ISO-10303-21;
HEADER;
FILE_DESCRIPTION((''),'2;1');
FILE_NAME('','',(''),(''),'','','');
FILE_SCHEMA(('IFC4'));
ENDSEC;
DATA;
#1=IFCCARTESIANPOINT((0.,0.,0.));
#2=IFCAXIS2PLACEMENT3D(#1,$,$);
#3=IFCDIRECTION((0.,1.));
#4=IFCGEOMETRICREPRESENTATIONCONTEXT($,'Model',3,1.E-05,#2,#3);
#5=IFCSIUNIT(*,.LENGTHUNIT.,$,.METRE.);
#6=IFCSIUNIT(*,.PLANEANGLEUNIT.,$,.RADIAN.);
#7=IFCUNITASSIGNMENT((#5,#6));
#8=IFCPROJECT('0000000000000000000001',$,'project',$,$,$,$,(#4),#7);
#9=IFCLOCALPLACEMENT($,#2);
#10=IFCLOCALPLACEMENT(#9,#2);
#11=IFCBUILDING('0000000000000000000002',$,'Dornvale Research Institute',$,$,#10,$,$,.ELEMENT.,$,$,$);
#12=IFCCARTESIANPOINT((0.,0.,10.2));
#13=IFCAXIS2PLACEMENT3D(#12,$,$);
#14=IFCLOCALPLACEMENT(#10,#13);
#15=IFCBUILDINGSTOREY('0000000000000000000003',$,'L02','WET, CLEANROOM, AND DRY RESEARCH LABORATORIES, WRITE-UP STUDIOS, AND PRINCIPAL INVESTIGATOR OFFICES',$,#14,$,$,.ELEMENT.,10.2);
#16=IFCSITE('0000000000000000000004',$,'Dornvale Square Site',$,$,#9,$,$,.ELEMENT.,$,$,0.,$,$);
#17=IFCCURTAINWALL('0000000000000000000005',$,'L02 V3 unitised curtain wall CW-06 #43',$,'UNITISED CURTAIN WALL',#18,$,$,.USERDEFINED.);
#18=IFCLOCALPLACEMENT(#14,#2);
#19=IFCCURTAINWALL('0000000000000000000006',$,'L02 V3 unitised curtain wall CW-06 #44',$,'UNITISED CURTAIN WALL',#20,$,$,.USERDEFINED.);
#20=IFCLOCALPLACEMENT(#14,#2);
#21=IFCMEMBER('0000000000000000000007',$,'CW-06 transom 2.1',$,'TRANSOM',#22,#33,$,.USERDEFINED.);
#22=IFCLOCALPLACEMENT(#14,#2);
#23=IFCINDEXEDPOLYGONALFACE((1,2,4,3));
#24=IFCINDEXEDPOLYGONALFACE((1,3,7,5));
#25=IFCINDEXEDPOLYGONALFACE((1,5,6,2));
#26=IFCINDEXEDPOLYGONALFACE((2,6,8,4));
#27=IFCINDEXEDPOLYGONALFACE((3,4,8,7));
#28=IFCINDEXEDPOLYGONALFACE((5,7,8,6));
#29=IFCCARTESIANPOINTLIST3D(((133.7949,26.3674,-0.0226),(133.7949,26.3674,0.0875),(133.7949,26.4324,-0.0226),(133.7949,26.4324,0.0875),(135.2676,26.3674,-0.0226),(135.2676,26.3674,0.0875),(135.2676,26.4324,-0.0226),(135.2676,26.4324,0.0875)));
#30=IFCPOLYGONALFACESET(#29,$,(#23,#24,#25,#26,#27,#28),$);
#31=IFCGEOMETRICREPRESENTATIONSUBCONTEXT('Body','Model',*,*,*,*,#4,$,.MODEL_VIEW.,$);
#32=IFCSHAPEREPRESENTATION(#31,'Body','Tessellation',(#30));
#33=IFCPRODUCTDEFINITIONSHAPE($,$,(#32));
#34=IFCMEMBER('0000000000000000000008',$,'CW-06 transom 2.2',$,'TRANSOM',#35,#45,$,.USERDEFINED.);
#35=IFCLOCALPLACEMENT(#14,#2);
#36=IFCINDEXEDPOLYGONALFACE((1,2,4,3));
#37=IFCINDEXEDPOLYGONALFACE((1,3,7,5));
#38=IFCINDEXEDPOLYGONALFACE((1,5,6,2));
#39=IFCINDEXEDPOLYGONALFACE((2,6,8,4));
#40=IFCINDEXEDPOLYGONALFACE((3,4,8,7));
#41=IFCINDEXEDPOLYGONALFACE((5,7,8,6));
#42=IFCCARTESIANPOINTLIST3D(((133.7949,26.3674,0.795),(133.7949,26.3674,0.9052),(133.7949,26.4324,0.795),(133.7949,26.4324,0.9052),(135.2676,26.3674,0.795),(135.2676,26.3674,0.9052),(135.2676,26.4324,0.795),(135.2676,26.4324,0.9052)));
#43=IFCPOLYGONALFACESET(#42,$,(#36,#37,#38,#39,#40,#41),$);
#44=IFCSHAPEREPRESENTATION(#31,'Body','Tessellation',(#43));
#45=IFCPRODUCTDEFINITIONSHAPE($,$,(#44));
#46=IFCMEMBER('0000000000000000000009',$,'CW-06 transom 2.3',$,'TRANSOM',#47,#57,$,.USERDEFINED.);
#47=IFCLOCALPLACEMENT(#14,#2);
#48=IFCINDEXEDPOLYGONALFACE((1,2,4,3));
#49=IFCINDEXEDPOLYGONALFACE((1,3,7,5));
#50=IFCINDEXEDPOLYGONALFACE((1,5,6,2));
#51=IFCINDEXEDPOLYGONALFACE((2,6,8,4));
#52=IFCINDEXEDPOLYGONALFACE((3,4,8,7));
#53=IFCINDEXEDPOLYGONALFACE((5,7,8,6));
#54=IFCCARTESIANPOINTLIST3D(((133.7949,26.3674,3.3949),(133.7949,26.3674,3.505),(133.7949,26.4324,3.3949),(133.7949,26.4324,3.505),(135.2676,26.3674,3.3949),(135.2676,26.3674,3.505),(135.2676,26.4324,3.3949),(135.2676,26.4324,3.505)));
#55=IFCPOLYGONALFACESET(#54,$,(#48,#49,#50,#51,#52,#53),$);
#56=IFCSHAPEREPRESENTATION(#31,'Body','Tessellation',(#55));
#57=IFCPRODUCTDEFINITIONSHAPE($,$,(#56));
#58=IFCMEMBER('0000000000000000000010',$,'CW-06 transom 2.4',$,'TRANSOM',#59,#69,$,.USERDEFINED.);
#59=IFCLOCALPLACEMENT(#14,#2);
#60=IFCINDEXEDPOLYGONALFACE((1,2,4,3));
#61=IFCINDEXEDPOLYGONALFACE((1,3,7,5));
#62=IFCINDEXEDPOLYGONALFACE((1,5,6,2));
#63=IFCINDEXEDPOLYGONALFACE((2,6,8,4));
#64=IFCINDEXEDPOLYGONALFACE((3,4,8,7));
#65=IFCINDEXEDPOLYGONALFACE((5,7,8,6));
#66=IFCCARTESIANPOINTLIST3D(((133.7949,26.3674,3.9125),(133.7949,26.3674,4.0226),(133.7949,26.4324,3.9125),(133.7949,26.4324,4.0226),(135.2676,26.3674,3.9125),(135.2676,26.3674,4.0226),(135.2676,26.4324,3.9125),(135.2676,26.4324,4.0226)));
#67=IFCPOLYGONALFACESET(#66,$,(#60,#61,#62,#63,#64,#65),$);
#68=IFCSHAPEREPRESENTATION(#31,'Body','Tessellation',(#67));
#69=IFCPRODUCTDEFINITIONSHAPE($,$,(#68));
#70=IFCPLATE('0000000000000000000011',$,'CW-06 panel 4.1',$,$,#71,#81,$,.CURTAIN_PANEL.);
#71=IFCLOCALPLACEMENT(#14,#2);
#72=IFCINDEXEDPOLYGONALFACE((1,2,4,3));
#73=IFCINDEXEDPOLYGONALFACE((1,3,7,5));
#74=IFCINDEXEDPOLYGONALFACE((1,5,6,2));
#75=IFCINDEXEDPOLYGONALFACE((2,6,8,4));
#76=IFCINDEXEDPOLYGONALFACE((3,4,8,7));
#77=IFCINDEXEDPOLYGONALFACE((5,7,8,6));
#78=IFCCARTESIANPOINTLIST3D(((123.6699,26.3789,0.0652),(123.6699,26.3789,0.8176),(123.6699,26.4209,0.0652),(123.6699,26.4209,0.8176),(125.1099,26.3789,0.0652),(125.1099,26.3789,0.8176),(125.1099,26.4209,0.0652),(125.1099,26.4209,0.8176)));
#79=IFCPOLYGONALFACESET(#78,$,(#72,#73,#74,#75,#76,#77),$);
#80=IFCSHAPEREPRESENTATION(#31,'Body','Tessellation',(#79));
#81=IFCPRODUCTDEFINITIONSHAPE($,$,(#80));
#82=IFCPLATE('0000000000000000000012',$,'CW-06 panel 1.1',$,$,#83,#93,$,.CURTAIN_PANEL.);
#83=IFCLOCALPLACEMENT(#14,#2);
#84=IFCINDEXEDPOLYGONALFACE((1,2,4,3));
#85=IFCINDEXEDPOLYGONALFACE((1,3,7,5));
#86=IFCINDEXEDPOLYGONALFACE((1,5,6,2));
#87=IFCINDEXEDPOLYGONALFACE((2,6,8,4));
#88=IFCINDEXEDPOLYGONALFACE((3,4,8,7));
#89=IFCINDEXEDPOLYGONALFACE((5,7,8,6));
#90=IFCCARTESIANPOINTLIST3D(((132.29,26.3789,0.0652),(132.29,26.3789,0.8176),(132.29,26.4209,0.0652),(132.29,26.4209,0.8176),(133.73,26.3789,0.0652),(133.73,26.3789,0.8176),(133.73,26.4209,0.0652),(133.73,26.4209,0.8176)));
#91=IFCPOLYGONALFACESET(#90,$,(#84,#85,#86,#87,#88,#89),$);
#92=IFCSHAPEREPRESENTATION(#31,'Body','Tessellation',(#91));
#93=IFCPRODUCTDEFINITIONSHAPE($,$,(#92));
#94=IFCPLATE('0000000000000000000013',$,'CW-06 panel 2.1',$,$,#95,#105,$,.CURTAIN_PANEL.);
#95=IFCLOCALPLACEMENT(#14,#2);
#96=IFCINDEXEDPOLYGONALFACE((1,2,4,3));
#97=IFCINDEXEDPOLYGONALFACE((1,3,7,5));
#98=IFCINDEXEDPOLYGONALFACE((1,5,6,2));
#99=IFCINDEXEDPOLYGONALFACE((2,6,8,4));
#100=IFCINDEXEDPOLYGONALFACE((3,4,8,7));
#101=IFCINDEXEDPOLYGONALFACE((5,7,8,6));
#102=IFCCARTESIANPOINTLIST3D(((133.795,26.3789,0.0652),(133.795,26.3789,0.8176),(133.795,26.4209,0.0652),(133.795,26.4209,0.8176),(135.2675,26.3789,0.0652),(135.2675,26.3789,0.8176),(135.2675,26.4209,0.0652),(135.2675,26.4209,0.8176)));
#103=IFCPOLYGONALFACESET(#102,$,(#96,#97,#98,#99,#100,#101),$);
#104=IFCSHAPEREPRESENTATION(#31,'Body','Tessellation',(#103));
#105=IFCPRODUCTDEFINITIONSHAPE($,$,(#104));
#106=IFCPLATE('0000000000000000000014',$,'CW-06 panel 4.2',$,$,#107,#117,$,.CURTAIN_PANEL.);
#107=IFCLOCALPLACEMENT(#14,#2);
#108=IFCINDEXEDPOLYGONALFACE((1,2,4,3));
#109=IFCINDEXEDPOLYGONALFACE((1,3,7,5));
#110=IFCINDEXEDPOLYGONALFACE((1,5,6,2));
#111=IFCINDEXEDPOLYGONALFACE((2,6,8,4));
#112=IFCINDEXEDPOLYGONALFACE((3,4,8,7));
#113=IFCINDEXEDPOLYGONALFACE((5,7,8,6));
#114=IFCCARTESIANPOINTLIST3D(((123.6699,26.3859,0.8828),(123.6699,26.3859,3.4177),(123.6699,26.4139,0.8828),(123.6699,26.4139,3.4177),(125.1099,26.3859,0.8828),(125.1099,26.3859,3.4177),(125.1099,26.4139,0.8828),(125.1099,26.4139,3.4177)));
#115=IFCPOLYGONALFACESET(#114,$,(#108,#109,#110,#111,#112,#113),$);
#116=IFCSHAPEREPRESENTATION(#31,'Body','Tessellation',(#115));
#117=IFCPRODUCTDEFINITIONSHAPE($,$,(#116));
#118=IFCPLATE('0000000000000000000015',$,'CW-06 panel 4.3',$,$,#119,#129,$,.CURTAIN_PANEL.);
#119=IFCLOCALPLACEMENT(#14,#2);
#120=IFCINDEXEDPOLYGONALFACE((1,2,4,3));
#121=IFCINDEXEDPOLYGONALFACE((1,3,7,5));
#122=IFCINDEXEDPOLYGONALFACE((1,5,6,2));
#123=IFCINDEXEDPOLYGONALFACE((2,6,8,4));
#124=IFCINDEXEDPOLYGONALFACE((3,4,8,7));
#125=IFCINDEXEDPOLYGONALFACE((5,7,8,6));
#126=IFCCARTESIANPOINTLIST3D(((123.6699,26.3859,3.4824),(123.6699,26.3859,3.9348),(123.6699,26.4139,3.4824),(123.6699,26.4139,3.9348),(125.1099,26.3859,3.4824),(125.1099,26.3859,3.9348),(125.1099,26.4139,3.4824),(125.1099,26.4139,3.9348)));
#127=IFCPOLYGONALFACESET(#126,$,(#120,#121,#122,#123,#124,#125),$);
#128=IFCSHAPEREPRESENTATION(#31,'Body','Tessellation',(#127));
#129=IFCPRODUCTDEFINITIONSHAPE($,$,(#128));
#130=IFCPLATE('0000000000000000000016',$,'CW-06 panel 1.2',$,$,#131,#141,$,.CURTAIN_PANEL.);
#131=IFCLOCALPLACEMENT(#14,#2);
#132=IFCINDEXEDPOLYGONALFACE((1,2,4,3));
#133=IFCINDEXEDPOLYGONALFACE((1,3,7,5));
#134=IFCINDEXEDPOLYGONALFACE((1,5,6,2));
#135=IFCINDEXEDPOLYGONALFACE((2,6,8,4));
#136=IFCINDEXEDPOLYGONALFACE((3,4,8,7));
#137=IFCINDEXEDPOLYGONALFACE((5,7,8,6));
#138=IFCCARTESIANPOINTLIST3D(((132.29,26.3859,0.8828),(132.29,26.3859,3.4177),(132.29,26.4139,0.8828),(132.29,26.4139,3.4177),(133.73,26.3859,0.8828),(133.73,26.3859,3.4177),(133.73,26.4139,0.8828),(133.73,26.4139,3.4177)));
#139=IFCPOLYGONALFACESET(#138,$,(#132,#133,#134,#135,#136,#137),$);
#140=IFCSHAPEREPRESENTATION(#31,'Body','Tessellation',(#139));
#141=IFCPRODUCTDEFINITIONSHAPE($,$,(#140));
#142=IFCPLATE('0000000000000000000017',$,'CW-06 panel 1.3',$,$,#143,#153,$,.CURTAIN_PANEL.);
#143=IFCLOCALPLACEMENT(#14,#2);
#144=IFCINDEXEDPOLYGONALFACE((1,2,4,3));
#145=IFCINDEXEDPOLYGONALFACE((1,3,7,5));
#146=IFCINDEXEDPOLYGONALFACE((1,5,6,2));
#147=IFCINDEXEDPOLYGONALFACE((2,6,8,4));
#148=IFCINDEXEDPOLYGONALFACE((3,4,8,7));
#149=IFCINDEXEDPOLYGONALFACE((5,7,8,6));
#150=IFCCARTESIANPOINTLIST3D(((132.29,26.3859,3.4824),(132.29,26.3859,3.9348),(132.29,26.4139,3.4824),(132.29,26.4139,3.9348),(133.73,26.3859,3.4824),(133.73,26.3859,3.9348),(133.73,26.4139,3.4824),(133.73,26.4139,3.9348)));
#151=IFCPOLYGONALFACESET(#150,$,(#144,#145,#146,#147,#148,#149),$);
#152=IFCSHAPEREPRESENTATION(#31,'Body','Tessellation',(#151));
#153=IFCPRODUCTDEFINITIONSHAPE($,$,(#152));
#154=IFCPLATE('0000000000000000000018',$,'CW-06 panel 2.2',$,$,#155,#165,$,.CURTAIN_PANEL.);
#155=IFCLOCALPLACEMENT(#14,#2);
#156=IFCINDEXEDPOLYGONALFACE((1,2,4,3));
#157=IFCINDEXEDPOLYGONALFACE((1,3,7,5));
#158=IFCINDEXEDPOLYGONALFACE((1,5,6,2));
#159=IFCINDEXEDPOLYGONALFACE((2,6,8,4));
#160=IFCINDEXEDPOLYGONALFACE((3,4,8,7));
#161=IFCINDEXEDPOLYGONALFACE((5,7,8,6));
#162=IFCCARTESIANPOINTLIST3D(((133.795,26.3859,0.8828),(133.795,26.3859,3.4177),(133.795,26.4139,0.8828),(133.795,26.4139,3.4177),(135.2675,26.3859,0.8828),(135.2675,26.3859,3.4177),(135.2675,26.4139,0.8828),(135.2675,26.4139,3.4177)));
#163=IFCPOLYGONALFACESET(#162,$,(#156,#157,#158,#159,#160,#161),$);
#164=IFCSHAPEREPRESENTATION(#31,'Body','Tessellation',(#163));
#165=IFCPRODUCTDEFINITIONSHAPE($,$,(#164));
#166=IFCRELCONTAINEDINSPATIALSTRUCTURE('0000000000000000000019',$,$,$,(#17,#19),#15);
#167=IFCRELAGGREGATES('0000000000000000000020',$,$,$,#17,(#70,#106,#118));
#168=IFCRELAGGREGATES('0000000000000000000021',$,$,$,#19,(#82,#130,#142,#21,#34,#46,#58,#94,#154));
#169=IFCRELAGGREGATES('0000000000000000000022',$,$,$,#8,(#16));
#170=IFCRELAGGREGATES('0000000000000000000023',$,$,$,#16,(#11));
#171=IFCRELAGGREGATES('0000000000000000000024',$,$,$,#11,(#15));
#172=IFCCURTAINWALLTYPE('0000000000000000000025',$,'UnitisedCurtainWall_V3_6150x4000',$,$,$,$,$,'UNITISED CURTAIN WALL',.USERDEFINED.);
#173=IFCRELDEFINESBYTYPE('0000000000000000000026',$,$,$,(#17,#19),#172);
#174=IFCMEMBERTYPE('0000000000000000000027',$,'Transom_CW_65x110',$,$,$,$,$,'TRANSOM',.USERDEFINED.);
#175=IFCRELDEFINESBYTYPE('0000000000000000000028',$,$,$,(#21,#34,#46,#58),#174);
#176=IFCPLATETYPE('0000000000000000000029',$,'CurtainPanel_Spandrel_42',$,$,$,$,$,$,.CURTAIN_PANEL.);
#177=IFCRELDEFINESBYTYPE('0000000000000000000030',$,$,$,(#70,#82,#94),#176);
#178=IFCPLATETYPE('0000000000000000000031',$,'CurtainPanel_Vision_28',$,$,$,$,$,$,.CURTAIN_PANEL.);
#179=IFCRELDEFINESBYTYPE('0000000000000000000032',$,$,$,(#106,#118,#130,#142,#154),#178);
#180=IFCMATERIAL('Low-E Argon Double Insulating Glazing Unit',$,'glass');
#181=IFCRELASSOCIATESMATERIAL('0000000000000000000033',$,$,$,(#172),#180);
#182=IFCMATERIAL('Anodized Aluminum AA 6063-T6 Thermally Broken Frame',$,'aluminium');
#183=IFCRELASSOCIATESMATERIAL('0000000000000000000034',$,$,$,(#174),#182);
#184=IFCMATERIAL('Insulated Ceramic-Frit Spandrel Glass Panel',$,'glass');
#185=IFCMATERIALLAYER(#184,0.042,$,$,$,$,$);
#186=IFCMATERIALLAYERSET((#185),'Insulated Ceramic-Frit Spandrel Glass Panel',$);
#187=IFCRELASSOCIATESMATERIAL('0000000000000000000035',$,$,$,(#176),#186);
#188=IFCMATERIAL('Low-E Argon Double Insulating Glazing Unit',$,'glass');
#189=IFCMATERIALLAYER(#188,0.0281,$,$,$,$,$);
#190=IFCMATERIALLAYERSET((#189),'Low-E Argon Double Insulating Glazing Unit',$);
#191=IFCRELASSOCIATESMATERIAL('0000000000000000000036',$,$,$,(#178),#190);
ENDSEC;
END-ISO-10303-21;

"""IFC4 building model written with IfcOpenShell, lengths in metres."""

from ifc_helpers import new_model, si_unit, direction, frame, origin, origin_2d, place, context, subcontext, project, spatial, rectangle, extrude, material, layer, layer_set, material_profile, profile_set, type_object, element, aggregate, save


model = new_model("IFC4")

# Units and contexts
model_context = context("Model", 3, precision=1e-05, world=origin(), true_north=direction((0.0, 1.0)))
body_context = subcontext(model_context, "Body", "Model", "MODEL_VIEW")
ifc_project = project(units=[si_unit("LENGTHUNIT", "METRE"), si_unit("PLANEANGLEUNIT", "RADIAN")], contexts=[model_context])

# Site, building, storey
site_placement = place(None, origin())
site = spatial("IfcSite", under=ifc_project, at=site_placement, Name="Dornvale Square Site", CompositionType="ELEMENT", RefElevation=0.0)
building_placement = place(site_placement, origin())
building = spatial("IfcBuilding", under=site, at=building_placement, Name="Dornvale Research Institute", CompositionType="ELEMENT")
storey_placement = place(building_placement, frame((0.0, 0.0, 10.2)))
storey = spatial("IfcBuildingStorey", under=building, at=storey_placement, Name="L02", Description="WET, CLEANROOM, AND DRY RESEARCH LABORATORIES, WRITE-UP STUDIOS, AND PRINCIPAL INVESTIGATOR OFFICES", CompositionType="ELEMENT", Elevation=10.2)

# Curtain wall
ifc_material_1 = material(Name="Low-E Argon Double Insulating Glazing Unit", Category="glass")
curtain_wall_type = type_object("IfcCurtainWallType", Name="UnitisedCurtainWall_V3_6150x4000", ElementType="UNITISED CURTAIN WALL", PredefinedType="USERDEFINED", material=ifc_material_1)
curtain_wall_1_placement = place(storey_placement, origin())
curtain_wall_1 = element("IfcCurtainWall", 1, at=curtain_wall_1_placement, inside=storey, type_object=curtain_wall_type, Name="L02 V3 unitised curtain wall CW-06 #43", ObjectType="UNITISED CURTAIN WALL", PredefinedType="USERDEFINED")

# Curtain wall
curtain_wall_2_placement = place(storey_placement, origin())
curtain_wall_2 = element("IfcCurtainWall", 2, at=curtain_wall_2_placement, inside=storey, type_object=curtain_wall_type, Name="L02 V3 unitised curtain wall CW-06 #44", ObjectType="UNITISED CURTAIN WALL", PredefinedType="USERDEFINED")

# Members
ifc_material_2 = material(Name="Anodized Aluminum AA 6063-T6 Thermally Broken Frame", Category="aluminium")
ifc_material_profile_1 = material_profile(ifc_material_2, rectangle(XDim=0.0649, YDim=0.1101, at=origin_2d()), Name="ALU TRANSOM 65x110")
ifc_profile_set_1 = profile_set([ifc_material_profile_1], Name="Anodized Aluminum AA 6063-T6 Thermally Broken Frame")
member_type_1 = type_object("IfcMemberType", Name="Transom_CW_65x110", ElementType="TRANSOM", PredefinedType="USERDEFINED", material=ifc_profile_set_1)
member_1_placement = place(storey_placement, frame((133.7949, 26.3999, 0.0325), z_axis=(1.0, 0.0, 0.0), x_axis=(0.0, 1.0, 0.0)))
member_1 = element("IfcMember", 3, at=member_1_placement, type_object=member_type_1, Name="CW-06 transom 2.1", ObjectType="TRANSOM", PredefinedType="USERDEFINED", context=body_context, shape_type="SweptSolid", body=[
    extrude(rectangle(XDim=0.0649, YDim=0.1101, at=origin_2d()), origin(), (0.0, 0.0, 1.0), 1.4727),
])
member_2_placement = place(storey_placement, frame((133.7949, 26.3999, 0.8501), z_axis=(1.0, 0.0, 0.0), x_axis=(0.0, 1.0, 0.0)))
member_2 = element("IfcMember", 4, at=member_2_placement, type_object=member_type_1, Name="CW-06 transom 2.2", ObjectType="TRANSOM", PredefinedType="USERDEFINED", context=body_context, shape_type="SweptSolid", body=[
    extrude(rectangle(XDim=0.0649, YDim=0.1101, at=origin_2d()), origin(), (0.0, 0.0, 1.0), 1.4727),
])
member_3_placement = place(storey_placement, frame((133.7949, 26.3999, 3.45), z_axis=(1.0, 0.0, 0.0), x_axis=(0.0, 1.0, 0.0)))
member_3 = element("IfcMember", 5, at=member_3_placement, type_object=member_type_1, Name="CW-06 transom 2.3", ObjectType="TRANSOM", PredefinedType="USERDEFINED", context=body_context, shape_type="SweptSolid", body=[
    extrude(rectangle(XDim=0.0649, YDim=0.1101, at=origin_2d()), origin(), (0.0, 0.0, 1.0), 1.4727),
])
member_4_placement = place(storey_placement, frame((133.7949, 26.3999, 3.9675), z_axis=(1.0, 0.0, 0.0), x_axis=(0.0, 1.0, 0.0)))
member_4 = element("IfcMember", 6, at=member_4_placement, type_object=member_type_1, Name="CW-06 transom 2.4", ObjectType="TRANSOM", PredefinedType="USERDEFINED", context=body_context, shape_type="SweptSolid", body=[
    extrude(rectangle(XDim=0.0649, YDim=0.1101, at=origin_2d()), origin(), (0.0, 0.0, 1.0), 1.4727),
])

# Plates
ifc_material_3 = material(Name="Insulated Ceramic-Frit Spandrel Glass Panel", Category="glass")
ifc_layer_1 = layer(ifc_material_3, 0.042)
ifc_layer_set_1 = layer_set([ifc_layer_1], Name="Insulated Ceramic-Frit Spandrel Glass Panel")
plate_type_1 = type_object("IfcPlateType", Name="CurtainPanel_Spandrel_42", PredefinedType="CURTAIN_PANEL", material=ifc_layer_set_1)
plate_1_placement = place(storey_placement, frame((124.3899, 26.3999, 0.0652), z_axis=(0.0, 0.0, 1.0), x_axis=(1.0, 0.0, 0.0)))
plate_1 = element("IfcPlate", 7, at=plate_1_placement, type_object=plate_type_1, Name="CW-06 panel 4.1", PredefinedType="CURTAIN_PANEL", context=body_context, shape_type="SweptSolid", body=[
    extrude(rectangle(XDim=1.4399, YDim=0.042, at=origin_2d()), origin(), (0.0, 0.0, 1.0), 0.7524),
])
plate_2_placement = place(storey_placement, frame((133.01, 26.3999, 0.0652), z_axis=(0.0, 0.0, 1.0), x_axis=(1.0, 0.0, 0.0)))
plate_2 = element("IfcPlate", 8, at=plate_2_placement, type_object=plate_type_1, Name="CW-06 panel 1.1", PredefinedType="CURTAIN_PANEL", context=body_context, shape_type="SweptSolid", body=[
    extrude(rectangle(XDim=1.4399, YDim=0.042, at=origin_2d()), origin(), (0.0, 0.0, 1.0), 0.7524),
])
plate_3_placement = place(storey_placement, frame((134.5312, 26.3999, 0.0652), z_axis=(0.0, 0.0, 1.0), x_axis=(1.0, 0.0, 0.0)))
plate_3 = element("IfcPlate", 9, at=plate_3_placement, type_object=plate_type_1, Name="CW-06 panel 2.1", PredefinedType="CURTAIN_PANEL", context=body_context, shape_type="SweptSolid", body=[
    extrude(rectangle(XDim=1.4724, YDim=0.042, at=origin_2d()), origin(), (0.0, 0.0, 1.0), 0.7524),
])
ifc_material_4 = material(Name="Low-E Argon Double Insulating Glazing Unit", Category="glass")
ifc_layer_2 = layer(ifc_material_4, 0.0281)
ifc_layer_set_2 = layer_set([ifc_layer_2], Name="Low-E Argon Double Insulating Glazing Unit")
plate_type_2 = type_object("IfcPlateType", Name="CurtainPanel_Vision_28", PredefinedType="CURTAIN_PANEL", material=ifc_layer_set_2)
plate_4_placement = place(storey_placement, frame((124.3899, 26.3999, 0.8828), z_axis=(0.0, 0.0, 1.0), x_axis=(1.0, 0.0, 0.0)))
plate_4 = element("IfcPlate", 10, at=plate_4_placement, type_object=plate_type_2, Name="CW-06 panel 4.2", PredefinedType="CURTAIN_PANEL", context=body_context, shape_type="SweptSolid", body=[
    extrude(rectangle(XDim=1.4399, YDim=0.0281, at=origin_2d()), origin(), (0.0, 0.0, 1.0), 2.5349),
])
plate_5_placement = place(storey_placement, frame((124.3899, 26.3999, 3.4824), z_axis=(0.0, 0.0, 1.0), x_axis=(1.0, 0.0, 0.0)))
plate_5 = element("IfcPlate", 11, at=plate_5_placement, type_object=plate_type_2, Name="CW-06 panel 4.3", PredefinedType="CURTAIN_PANEL", context=body_context, shape_type="SweptSolid", body=[
    extrude(rectangle(XDim=1.4399, YDim=0.0281, at=origin_2d()), origin(), (0.0, 0.0, 1.0), 0.4524),
])
aggregate(curtain_wall_1, [plate_1, plate_4, plate_5])
plate_6_placement = place(storey_placement, frame((133.01, 26.3999, 0.8828), z_axis=(0.0, 0.0, 1.0), x_axis=(1.0, 0.0, 0.0)))
plate_6 = element("IfcPlate", 12, at=plate_6_placement, type_object=plate_type_2, Name="CW-06 panel 1.2", PredefinedType="CURTAIN_PANEL", context=body_context, shape_type="SweptSolid", body=[
    extrude(rectangle(XDim=1.4399, YDim=0.0281, at=origin_2d()), origin(), (0.0, 0.0, 1.0), 2.5349),
])
plate_7_placement = place(storey_placement, frame((133.01, 26.3999, 3.4824), z_axis=(0.0, 0.0, 1.0), x_axis=(1.0, 0.0, 0.0)))
plate_7 = element("IfcPlate", 13, at=plate_7_placement, type_object=plate_type_2, Name="CW-06 panel 1.3", PredefinedType="CURTAIN_PANEL", context=body_context, shape_type="SweptSolid", body=[
    extrude(rectangle(XDim=1.4399, YDim=0.0281, at=origin_2d()), origin(), (0.0, 0.0, 1.0), 0.4524),
])
plate_8_placement = place(storey_placement, frame((134.5312, 26.3999, 0.8828), z_axis=(0.0, 0.0, 1.0), x_axis=(1.0, 0.0, 0.0)))
plate_8 = element("IfcPlate", 14, at=plate_8_placement, type_object=plate_type_2, Name="CW-06 panel 2.2", PredefinedType="CURTAIN_PANEL", context=body_context, shape_type="SweptSolid", body=[
    extrude(rectangle(XDim=1.4724, YDim=0.0281, at=origin_2d()), origin(), (0.0, 0.0, 1.0), 2.5349),
])
aggregate(curtain_wall_2, [plate_2, plate_6, plate_7, member_1, member_2, member_3, member_4, plate_3, plate_8])

save(model, "model.ifc")
